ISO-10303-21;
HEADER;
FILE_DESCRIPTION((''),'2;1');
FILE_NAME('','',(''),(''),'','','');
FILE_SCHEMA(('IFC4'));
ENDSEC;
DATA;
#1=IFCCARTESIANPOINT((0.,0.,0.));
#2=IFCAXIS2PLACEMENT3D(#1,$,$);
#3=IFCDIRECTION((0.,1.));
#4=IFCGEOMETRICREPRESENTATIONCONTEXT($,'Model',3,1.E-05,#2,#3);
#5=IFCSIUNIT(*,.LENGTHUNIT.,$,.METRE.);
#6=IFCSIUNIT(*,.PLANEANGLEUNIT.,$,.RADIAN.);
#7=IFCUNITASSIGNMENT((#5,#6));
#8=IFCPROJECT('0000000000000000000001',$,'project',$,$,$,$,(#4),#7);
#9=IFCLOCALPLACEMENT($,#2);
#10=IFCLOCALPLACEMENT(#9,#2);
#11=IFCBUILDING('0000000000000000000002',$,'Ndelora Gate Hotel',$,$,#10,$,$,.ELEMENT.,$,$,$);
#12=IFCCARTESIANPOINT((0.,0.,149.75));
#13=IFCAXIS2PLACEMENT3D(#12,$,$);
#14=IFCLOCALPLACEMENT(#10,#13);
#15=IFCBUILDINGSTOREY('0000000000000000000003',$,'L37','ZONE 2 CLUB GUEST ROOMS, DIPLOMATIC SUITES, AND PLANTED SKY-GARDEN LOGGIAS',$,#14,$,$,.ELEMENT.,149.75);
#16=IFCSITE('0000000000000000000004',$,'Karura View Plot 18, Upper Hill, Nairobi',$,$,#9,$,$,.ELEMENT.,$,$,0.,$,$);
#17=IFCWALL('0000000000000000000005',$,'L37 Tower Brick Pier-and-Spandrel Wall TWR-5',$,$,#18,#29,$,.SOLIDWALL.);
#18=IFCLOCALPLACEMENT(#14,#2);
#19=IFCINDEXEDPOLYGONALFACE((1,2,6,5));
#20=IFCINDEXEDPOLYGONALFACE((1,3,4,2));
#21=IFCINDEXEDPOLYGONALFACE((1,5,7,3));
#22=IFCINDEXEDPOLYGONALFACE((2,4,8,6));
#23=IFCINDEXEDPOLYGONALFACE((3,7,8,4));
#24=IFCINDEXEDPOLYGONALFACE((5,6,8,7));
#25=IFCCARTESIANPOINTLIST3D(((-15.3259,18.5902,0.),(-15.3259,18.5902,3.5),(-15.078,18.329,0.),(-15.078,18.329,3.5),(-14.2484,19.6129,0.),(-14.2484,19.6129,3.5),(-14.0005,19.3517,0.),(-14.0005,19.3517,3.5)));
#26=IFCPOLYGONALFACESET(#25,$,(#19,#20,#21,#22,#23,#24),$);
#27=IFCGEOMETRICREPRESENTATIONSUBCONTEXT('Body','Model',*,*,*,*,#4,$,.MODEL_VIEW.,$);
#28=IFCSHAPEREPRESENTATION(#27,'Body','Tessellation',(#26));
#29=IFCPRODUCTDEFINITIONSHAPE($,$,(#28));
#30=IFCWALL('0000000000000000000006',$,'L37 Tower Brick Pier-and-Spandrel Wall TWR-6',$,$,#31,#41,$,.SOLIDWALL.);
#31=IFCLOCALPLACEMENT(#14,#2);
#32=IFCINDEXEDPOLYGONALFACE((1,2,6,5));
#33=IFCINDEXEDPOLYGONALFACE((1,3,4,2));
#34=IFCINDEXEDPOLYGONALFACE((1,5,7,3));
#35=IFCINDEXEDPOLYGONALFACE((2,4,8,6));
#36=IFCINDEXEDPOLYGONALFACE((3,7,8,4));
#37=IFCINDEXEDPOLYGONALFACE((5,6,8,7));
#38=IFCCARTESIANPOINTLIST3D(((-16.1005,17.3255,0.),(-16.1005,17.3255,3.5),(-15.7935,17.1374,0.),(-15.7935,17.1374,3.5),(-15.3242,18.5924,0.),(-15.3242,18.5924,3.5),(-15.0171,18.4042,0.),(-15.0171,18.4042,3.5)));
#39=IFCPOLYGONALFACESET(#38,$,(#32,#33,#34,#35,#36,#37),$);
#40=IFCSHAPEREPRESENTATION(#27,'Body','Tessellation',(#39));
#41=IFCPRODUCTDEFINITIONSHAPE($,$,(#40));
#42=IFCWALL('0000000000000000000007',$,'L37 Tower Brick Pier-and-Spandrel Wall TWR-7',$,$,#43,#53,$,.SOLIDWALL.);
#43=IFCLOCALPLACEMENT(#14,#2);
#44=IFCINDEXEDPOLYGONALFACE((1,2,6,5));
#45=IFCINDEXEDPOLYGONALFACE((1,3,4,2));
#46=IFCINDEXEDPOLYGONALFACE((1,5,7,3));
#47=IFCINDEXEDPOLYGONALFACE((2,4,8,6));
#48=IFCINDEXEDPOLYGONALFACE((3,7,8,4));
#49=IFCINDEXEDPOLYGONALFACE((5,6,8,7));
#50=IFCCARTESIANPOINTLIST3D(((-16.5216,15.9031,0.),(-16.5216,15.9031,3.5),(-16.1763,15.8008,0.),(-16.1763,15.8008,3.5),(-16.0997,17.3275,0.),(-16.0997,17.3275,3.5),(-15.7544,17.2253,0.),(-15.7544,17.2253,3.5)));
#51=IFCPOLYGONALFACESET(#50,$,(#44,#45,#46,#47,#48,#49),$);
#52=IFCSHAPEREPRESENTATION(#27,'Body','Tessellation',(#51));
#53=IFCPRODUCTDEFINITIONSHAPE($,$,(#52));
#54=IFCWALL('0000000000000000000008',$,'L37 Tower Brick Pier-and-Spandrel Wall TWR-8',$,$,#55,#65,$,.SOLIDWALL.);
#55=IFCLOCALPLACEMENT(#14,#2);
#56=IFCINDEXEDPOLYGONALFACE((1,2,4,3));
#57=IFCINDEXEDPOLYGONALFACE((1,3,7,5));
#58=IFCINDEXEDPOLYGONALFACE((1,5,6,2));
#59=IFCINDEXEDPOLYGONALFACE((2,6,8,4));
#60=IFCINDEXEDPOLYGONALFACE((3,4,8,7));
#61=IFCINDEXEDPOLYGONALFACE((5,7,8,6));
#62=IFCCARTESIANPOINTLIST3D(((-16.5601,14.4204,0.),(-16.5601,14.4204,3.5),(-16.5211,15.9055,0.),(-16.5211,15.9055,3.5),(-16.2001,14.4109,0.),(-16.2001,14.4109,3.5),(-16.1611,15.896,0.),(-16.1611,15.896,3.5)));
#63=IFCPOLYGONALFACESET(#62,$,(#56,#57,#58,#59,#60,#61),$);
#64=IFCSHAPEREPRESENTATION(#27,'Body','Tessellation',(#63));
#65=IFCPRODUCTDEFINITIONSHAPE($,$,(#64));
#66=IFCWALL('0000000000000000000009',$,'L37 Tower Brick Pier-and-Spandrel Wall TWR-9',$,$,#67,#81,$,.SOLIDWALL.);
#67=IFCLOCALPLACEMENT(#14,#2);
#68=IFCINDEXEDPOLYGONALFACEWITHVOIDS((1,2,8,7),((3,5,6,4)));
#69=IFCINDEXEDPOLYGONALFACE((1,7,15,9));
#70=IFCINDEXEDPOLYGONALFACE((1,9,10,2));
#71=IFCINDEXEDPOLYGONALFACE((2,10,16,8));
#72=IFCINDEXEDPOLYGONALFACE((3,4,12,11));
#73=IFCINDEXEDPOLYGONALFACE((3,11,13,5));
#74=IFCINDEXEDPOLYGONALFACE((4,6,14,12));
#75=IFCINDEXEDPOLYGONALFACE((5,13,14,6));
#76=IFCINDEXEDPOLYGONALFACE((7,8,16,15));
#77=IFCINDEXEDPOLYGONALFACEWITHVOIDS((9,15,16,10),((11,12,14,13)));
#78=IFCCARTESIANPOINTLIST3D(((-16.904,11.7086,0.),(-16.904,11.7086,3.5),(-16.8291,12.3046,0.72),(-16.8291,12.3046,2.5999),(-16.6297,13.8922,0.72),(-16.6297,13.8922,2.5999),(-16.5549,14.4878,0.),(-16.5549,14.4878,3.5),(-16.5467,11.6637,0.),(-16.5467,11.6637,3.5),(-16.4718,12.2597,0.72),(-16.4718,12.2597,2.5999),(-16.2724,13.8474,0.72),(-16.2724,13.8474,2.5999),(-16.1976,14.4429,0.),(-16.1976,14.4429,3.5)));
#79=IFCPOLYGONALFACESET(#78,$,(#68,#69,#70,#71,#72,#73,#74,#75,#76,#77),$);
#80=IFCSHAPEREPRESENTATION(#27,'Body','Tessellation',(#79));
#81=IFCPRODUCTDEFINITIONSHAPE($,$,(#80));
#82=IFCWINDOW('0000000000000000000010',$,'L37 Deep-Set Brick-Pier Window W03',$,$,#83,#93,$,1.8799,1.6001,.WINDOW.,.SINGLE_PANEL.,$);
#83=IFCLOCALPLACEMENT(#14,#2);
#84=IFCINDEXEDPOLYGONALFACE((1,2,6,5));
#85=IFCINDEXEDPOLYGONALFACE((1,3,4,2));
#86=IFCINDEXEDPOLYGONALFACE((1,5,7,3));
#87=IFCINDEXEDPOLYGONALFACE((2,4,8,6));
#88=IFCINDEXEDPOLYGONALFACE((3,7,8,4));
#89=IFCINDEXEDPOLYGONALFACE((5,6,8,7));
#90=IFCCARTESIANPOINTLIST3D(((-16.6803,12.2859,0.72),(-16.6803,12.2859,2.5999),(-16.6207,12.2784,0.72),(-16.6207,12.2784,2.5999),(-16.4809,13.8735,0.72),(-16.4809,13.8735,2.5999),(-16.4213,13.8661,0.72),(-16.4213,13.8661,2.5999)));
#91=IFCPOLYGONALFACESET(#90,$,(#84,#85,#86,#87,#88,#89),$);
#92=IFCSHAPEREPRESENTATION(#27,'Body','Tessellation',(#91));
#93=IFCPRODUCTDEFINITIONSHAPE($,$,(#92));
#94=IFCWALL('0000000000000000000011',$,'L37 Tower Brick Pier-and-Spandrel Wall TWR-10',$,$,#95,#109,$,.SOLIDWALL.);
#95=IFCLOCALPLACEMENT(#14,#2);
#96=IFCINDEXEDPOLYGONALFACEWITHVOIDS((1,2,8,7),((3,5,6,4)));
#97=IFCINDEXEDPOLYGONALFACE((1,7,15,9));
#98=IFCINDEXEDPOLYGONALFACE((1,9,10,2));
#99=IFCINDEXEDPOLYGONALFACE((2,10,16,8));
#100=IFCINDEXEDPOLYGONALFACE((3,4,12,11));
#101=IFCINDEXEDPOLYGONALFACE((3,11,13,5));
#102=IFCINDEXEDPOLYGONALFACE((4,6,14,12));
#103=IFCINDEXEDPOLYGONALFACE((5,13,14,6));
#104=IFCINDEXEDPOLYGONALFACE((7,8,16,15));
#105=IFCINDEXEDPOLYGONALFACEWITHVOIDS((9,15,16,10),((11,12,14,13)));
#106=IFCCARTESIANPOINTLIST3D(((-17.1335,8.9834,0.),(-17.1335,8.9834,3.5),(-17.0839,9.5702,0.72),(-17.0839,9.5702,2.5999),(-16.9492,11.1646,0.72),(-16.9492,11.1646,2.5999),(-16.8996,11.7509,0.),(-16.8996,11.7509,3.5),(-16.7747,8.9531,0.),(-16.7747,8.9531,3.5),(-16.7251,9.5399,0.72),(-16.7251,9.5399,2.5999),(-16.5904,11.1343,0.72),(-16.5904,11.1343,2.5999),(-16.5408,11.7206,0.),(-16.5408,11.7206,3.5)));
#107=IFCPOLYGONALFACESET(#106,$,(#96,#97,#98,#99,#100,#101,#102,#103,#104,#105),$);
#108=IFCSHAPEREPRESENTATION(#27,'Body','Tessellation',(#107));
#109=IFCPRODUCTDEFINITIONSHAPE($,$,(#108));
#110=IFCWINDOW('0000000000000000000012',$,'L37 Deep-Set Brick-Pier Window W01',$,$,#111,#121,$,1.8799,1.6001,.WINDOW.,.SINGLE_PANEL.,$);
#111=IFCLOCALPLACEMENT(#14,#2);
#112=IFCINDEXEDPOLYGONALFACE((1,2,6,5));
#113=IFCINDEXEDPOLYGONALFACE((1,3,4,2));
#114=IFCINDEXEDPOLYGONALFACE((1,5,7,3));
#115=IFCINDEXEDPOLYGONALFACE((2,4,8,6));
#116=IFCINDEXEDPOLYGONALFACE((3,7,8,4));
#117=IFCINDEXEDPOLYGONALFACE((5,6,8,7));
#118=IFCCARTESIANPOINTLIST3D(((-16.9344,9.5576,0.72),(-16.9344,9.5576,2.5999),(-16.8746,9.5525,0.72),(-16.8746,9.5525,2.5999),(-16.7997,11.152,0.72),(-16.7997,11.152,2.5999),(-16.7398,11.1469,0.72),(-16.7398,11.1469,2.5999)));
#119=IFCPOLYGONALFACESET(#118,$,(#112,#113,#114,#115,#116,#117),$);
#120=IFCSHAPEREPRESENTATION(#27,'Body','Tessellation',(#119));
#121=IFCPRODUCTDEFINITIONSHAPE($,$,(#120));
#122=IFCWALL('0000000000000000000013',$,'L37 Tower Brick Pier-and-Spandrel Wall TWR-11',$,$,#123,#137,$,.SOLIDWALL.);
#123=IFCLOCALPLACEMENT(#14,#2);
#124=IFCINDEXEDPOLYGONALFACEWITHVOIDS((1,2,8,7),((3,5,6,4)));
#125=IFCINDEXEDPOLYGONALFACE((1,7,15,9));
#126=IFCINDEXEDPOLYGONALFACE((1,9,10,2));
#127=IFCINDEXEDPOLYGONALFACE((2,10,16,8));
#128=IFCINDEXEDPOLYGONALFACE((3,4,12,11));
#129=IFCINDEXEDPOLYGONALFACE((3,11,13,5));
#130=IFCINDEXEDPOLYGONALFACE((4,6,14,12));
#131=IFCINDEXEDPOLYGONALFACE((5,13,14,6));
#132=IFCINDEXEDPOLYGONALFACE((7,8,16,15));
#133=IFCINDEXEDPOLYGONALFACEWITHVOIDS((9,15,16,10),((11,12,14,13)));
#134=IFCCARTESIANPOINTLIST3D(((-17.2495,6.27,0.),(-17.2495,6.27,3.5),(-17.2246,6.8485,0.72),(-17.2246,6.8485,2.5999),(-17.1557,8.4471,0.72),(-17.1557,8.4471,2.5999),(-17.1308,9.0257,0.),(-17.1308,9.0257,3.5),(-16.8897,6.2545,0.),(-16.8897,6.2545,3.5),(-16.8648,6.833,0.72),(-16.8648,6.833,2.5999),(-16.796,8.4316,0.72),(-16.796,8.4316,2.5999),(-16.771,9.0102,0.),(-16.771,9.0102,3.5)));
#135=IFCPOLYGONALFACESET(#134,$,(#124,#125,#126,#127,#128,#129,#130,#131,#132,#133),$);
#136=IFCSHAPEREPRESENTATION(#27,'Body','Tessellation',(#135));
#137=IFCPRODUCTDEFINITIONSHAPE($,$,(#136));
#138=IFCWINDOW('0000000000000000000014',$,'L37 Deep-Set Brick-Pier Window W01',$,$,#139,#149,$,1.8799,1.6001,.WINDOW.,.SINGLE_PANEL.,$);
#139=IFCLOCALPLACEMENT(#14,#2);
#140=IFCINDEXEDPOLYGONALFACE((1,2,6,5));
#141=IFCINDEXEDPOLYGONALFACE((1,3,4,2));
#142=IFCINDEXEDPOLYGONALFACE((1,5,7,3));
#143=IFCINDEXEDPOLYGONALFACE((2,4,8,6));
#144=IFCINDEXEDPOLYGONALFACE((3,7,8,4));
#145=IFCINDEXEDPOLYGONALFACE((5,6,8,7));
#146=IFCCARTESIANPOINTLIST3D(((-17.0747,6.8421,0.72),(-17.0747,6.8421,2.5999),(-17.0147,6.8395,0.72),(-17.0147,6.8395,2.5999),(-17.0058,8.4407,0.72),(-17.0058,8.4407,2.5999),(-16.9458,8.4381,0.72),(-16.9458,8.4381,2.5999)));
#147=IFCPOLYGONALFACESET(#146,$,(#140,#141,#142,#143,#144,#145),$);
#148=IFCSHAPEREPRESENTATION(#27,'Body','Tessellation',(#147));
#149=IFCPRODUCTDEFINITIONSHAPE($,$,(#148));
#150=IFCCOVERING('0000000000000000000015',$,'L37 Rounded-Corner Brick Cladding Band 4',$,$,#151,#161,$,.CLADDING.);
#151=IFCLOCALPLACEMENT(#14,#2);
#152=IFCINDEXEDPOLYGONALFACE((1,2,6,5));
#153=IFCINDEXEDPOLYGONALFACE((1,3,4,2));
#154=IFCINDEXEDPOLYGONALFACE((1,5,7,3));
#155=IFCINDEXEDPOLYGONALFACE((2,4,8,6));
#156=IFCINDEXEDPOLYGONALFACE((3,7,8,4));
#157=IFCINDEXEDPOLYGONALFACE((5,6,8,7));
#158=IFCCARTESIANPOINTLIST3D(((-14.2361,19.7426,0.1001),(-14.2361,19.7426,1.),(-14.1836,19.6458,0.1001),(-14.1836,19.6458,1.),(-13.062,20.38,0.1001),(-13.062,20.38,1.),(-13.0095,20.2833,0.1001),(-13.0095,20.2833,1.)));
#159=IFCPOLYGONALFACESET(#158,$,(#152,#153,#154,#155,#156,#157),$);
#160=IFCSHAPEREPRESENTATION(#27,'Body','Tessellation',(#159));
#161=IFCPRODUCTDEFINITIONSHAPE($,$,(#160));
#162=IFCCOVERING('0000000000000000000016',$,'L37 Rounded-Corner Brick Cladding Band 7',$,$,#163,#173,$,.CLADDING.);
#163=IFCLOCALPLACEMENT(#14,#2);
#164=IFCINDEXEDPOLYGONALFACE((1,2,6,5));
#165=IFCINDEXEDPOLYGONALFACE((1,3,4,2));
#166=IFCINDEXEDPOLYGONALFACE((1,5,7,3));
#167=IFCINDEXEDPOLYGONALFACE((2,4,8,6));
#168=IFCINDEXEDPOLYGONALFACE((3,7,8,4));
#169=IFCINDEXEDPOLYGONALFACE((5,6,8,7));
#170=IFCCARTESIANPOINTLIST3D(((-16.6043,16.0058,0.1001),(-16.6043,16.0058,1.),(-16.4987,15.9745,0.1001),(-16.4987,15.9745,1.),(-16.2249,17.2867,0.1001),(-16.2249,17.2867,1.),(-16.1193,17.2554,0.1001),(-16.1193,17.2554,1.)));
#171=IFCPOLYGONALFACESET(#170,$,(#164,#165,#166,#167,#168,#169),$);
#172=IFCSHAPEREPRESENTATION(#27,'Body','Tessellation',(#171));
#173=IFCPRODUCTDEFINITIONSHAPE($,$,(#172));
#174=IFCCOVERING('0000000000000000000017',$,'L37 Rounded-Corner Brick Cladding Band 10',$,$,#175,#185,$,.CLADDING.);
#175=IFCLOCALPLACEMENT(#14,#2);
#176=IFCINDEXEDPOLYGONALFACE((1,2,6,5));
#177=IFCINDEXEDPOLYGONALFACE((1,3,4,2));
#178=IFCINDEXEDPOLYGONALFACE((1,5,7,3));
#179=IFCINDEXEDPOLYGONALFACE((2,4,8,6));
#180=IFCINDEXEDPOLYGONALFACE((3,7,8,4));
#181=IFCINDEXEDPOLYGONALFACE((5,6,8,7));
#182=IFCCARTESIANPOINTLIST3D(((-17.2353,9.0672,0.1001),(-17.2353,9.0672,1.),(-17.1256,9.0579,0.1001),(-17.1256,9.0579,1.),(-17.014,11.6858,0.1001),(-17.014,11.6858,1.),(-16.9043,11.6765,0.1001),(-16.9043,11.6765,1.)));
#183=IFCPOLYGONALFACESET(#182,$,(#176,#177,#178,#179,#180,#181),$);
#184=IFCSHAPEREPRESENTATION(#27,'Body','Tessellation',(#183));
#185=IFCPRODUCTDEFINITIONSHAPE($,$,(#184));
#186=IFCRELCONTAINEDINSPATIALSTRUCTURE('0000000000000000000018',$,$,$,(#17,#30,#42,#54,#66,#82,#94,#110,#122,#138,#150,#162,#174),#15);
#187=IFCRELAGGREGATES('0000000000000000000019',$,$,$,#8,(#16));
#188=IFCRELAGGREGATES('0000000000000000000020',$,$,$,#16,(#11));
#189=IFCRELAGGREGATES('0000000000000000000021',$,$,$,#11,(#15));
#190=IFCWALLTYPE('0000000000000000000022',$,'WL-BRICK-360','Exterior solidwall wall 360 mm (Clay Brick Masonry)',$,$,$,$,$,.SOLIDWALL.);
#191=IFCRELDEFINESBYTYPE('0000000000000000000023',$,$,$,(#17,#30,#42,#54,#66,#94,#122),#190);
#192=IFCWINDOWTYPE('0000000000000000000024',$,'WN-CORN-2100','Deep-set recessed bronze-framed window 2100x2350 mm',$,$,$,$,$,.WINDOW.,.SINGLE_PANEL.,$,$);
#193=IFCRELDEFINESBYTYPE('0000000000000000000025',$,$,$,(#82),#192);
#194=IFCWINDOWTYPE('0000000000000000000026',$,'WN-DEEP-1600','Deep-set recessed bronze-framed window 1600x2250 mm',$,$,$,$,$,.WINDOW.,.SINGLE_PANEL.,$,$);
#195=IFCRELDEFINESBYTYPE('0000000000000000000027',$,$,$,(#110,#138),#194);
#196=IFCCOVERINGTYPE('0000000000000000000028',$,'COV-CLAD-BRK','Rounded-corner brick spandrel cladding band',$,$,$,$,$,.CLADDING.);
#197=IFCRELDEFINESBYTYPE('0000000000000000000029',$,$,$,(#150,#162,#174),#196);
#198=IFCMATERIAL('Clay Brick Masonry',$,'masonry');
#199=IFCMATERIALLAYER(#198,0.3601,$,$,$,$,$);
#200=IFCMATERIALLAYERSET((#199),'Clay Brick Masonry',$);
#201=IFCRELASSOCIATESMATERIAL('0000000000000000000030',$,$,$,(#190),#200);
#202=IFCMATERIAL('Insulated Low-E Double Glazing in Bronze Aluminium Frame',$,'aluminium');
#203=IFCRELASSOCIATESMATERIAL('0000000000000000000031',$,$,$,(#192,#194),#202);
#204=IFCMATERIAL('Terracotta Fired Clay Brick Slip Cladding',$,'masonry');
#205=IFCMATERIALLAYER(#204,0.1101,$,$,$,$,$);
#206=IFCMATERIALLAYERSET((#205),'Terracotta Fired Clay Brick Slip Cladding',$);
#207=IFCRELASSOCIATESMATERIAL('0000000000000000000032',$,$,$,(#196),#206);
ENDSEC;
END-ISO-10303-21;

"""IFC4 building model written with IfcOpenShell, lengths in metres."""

from ifc_helpers import new_model, si_unit, direction, frame, frame_2d, origin, origin_2d, place, context, subcontext, project, spatial, rectangle, extrude, material, layer, layer_set, type_object, element, fill, save


model = new_model("IFC4")

# Units and contexts
model_context = context("Model", 3, precision=1e-05, world=origin(), true_north=direction((0.0, 1.0)))
body_context = subcontext(model_context, "Body", "Model", "MODEL_VIEW")
ifc_project = project(units=[si_unit("LENGTHUNIT", "METRE"), si_unit("PLANEANGLEUNIT", "RADIAN")], contexts=[model_context])

# Site, building, storey
site_placement = place(None, origin())
site = spatial("IfcSite", under=ifc_project, at=site_placement, Name="Karura View Plot 18, Upper Hill, Nairobi", CompositionType="ELEMENT", RefElevation=0.0)
building_placement = place(site_placement, origin())
building = spatial("IfcBuilding", under=site, at=building_placement, Name="Ndelora Gate Hotel", CompositionType="ELEMENT")
storey_placement = place(building_placement, frame((0.0, 0.0, 149.75)))
storey = spatial("IfcBuildingStorey", under=building, at=storey_placement, Name="L37", Description="ZONE 2 CLUB GUEST ROOMS, DIPLOMATIC SUITES, AND PLANTED SKY-GARDEN LOGGIAS", CompositionType="ELEMENT", Elevation=149.75)

# Walls
ifc_material_1 = material(Name="Clay Brick Masonry", Category="masonry")
ifc_layer_1 = layer(ifc_material_1, 0.3601)
ifc_layer_set_1 = layer_set([ifc_layer_1], Name="Clay Brick Masonry")
wall_type = type_object("IfcWallType", Name="WL-BRICK-360", Description="Exterior solidwall wall 360 mm (Clay Brick Masonry)", PredefinedType="SOLIDWALL", material=ifc_layer_set_1)
wall_1_placement = place(storey_placement, frame((-15.2019, 18.4597, 0.0), z_axis=(0.0, 0.0, 1.0), x_axis=(0.725352, 0.688378, 0.0)))
element("IfcWall", 1, at=wall_1_placement, inside=storey, type_object=wall_type, Name="L37 Tower Brick Pier-and-Spandrel Wall TWR-5", PredefinedType="SOLIDWALL", context=body_context, shape_type="SweptSolid", body=[
    extrude(rectangle(XDim=1.4856, YDim=0.3601, at=frame_2d((0.7427, 0.0))), origin(), (0.0, 0.0, 1.0), 3.5),
])
wall_2_placement = place(storey_placement, frame((-15.947, 17.2314, 0.0), z_axis=(0.0, 0.0, 1.0), x_axis=(0.52252, 0.852627, 0.0)))
element("IfcWall", 2, at=wall_2_placement, inside=storey, type_object=wall_type, Name="L37 Tower Brick Pier-and-Spandrel Wall TWR-6", PredefinedType="SOLIDWALL", context=body_context, shape_type="SweptSolid", body=[
    extrude(rectangle(XDim=1.4858, YDim=0.3601, at=frame_2d((0.7429, 0.0))), origin(), (0.0, 0.0, 1.0), 3.5),
])
for number, where, z_axis, x_axis, name in (
    (3, (-16.3489, 15.8521, 0.0), (0.0, 0.0, 1.0), (0.283954, 0.958838, 0.0), "L37 Tower Brick Pier-and-Spandrel Wall TWR-7"),
    (4, (-16.3801, 14.4158, 0.0), (0.0, 0.0, 1.0), (0.026294, 0.999654, 0.0), "L37 Tower Brick Pier-and-Spandrel Wall TWR-8"),
):
    element("IfcWall", number, at=place(storey_placement, frame(where, z_axis=z_axis, x_axis=x_axis)), inside=storey, type_object=wall_type, Name=name, PredefinedType="SOLIDWALL", context=body_context, shape_type="SweptSolid", body=[
        extrude(rectangle(XDim=1.4856, YDim=0.3601, at=frame_2d((0.7427, 0.0))), origin(), (0.0, 0.0, 1.0), 3.5),
    ])

# Walls, openings, windows
wall_3_placement = place(storey_placement, frame((-16.7253, 11.6863, 0.0), z_axis=(0.0, 0.0, 1.0), x_axis=(0.124635, 0.992203, 0.0)))
wall_3 = element("IfcWall", 5, at=wall_3_placement, inside=storey, type_object=wall_type, Name="L37 Tower Brick Pier-and-Spandrel Wall TWR-9", PredefinedType="SOLIDWALL", context=body_context, shape_type="SweptSolid", body=[
    extrude(rectangle(XDim=2.801, YDim=0.3601, at=frame_2d((1.4004, 0.0))), origin(), (0.0, 0.0, 1.0), 3.5),
])
opening_1_placement = place(wall_3_placement, frame((0.6006, 0.0, 0.72)))
opening_1 = element("IfcOpeningElement", 6, at=opening_1_placement, cuts=wall_3, PredefinedType="OPENING", context=body_context, shape_type="SweptSolid", body=[
    extrude(rectangle(XDim=1.6001, YDim=1.8799, at=frame_2d((0.8, 0.9399))), frame((0.0, 0.1899, 0.0), z_axis=(0.0, -1.0, 0.0), x_axis=(1.0, 0.0, 0.0)), (0.0, 0.0, 1.0), 0.3801),
])
ifc_material_2 = material(Name="Insulated Low-E Double Glazing in Bronze Aluminium Frame", Category="aluminium")
window_type_1 = type_object("IfcWindowType", Name="WN-CORN-2100", Description="Deep-set recessed bronze-framed window 2100x2350 mm", PartitioningType="SINGLE_PANEL", PredefinedType="WINDOW", material=ifc_material_2)
window_1_placement = place(opening_1_placement, origin())
window_1 = element("IfcWindow", 7, at=window_1_placement, inside=storey, type_object=window_type_1, Name="L37 Deep-Set Brick-Pier Window W03", OverallHeight=1.8799, OverallWidth=1.6001, PartitioningType="SINGLE_PANEL", PredefinedType="WINDOW", context=body_context, shape_type="SweptSolid", body=[
    extrude(rectangle(XDim=1.6001, YDim=1.8799, at=frame_2d((0.8, 0.9399))), frame((0.0, 0.03, 0.0), z_axis=(0.0, -1.0, 0.0), x_axis=(1.0, 0.0, 0.0)), (0.0, 0.0, 1.0), 0.0601),
])
fill(opening_1, window_1)
wall_4_placement = place(storey_placement, frame((-16.9541, 8.9683, 0.0), z_axis=(0.0, 0.0, 1.0), x_axis=(0.084209, 0.996448, 0.0)))
wall_4 = element("IfcWall", 8, at=wall_4_placement, inside=storey, type_object=wall_type, Name="L37 Tower Brick Pier-and-Spandrel Wall TWR-10", PredefinedType="SOLIDWALL", context=body_context, shape_type="SweptSolid", body=[
    extrude(rectangle(XDim=2.7773, YDim=0.3601, at=frame_2d((1.3887, 0.0))), origin(), (0.0, 0.0, 1.0), 3.5),
])
opening_2_placement = place(wall_4_placement, frame((0.5889, 0.0, 0.72)))
opening_2 = element("IfcOpeningElement", 9, at=opening_2_placement, cuts=wall_4, PredefinedType="OPENING", context=body_context, shape_type="SweptSolid", body=[
    extrude(rectangle(XDim=1.6001, YDim=1.8799, at=frame_2d((0.8, 0.9399))), frame((0.0, 0.1899, 0.0), z_axis=(0.0, -1.0, 0.0), x_axis=(1.0, 0.0, 0.0)), (0.0, 0.0, 1.0), 0.3801),
])
window_type_2 = type_object("IfcWindowType", Name="WN-DEEP-1600", Description="Deep-set recessed bronze-framed window 1600x2250 mm", PartitioningType="SINGLE_PANEL", PredefinedType="WINDOW", material=ifc_material_2)
window_2_placement = place(opening_2_placement, origin())
window_2 = element("IfcWindow", 10, at=window_2_placement, inside=storey, type_object=window_type_2, Name="L37 Deep-Set Brick-Pier Window W01", OverallHeight=1.8799, OverallWidth=1.6001, PartitioningType="SINGLE_PANEL", PredefinedType="WINDOW", context=body_context, shape_type="SweptSolid", body=[
    extrude(rectangle(XDim=1.6001, YDim=1.8799, at=frame_2d((0.8, 0.9399))), frame((0.0, 0.03, 0.0), z_axis=(0.0, -1.0, 0.0), x_axis=(1.0, 0.0, 0.0)), (0.0, 0.0, 1.0), 0.0601),
])
fill(opening_2, window_2)
wall_5_placement = place(storey_placement, frame((-17.0696, 6.2622, 0.0), z_axis=(0.0, 0.0, 1.0), x_axis=(0.043015, 0.999074, 0.0)))
wall_5 = element("IfcWall", 11, at=wall_5_placement, inside=storey, type_object=wall_type, Name="L37 Tower Brick Pier-and-Spandrel Wall TWR-11", PredefinedType="SOLIDWALL", context=body_context, shape_type="SweptSolid", body=[
    extrude(rectangle(XDim=2.7583, YDim=0.3601, at=frame_2d((1.3792, 0.0))), origin(), (0.0, 0.0, 1.0), 3.5),
])
opening_3_placement = place(wall_5_placement, frame((0.5791, 0.0, 0.72)))
opening_3 = element("IfcOpeningElement", 12, at=opening_3_placement, cuts=wall_5, PredefinedType="OPENING", context=body_context, shape_type="SweptSolid", body=[
    extrude(rectangle(XDim=1.6001, YDim=1.8799, at=frame_2d((0.8, 0.9399))), frame((0.0, 0.1899, 0.0), z_axis=(0.0, -1.0, 0.0), x_axis=(1.0, 0.0, 0.0)), (0.0, 0.0, 1.0), 0.3801),
])
window_3_placement = place(opening_3_placement, origin())
window_3 = element("IfcWindow", 13, at=window_3_placement, inside=storey, type_object=window_type_2, Name="L37 Deep-Set Brick-Pier Window W01", OverallHeight=1.8799, OverallWidth=1.6001, PartitioningType="SINGLE_PANEL", PredefinedType="WINDOW", context=body_context, shape_type="SweptSolid", body=[
    extrude(rectangle(XDim=1.6001, YDim=1.8799, at=frame_2d((0.8, 0.9399))), frame((0.0, 0.03, 0.0), z_axis=(0.0, -1.0, 0.0), x_axis=(1.0, 0.0, 0.0)), (0.0, 0.0, 1.0), 0.0601),
])
fill(opening_3, window_3)

# Coverings
ifc_material_3 = material(Name="Terracotta Fired Clay Brick Slip Cladding", Category="masonry")
ifc_layer_2 = layer(ifc_material_3, 0.1101)
ifc_layer_set_2 = layer_set([ifc_layer_2], Name="Terracotta Fired Clay Brick Slip Cladding")
covering_type_1 = type_object("IfcCoveringType", Name="COV-CLAD-BRK", Description="Rounded-corner brick spandrel cladding band", PredefinedType="CLADDING", material=ifc_layer_set_2)
for number, where, z_axis, x_axis, name in (
    (14, (-13.6228, 20.0129, 0.1001), (0.0, 0.0, 1.0), (0.878817, 0.477159, 0.0), "L37 Rounded-Corner Brick Cladding Band 4"),
    (15, (-16.3618, 16.6306, 0.1001), (0.0, 0.0, 1.0), (0.284015, 0.95882, 0.0), "L37 Rounded-Corner Brick Cladding Band 7"),
):
    element("IfcCovering", number, at=place(storey_placement, frame(where, z_axis=z_axis, x_axis=x_axis)), inside=storey, type_object=covering_type_1, Name=name, PredefinedType="CLADDING", context=body_context, shape_type="SweptSolid", body=[
        extrude(rectangle(XDim=1.3359, YDim=0.1101, at=origin_2d()), origin(), (0.0, 0.0, 1.0), 0.8999),
    ])
covering_1_placement = place(storey_placement, frame((-17.0698, 10.3718, 0.1001), z_axis=(0.0, 0.0, 1.0), x_axis=(0.0842, 0.996449, 0.0)))
element("IfcCovering", 16, at=covering_1_placement, inside=storey, type_object=covering_type_1, Name="L37 Rounded-Corner Brick Cladding Band 10", PredefinedType="CLADDING", context=body_context, shape_type="SweptSolid", body=[
    extrude(rectangle(XDim=2.6279, YDim=0.1101, at=origin_2d()), origin(), (0.0, 0.0, 1.0), 0.8999),
])

save(model, "model.ifc")
